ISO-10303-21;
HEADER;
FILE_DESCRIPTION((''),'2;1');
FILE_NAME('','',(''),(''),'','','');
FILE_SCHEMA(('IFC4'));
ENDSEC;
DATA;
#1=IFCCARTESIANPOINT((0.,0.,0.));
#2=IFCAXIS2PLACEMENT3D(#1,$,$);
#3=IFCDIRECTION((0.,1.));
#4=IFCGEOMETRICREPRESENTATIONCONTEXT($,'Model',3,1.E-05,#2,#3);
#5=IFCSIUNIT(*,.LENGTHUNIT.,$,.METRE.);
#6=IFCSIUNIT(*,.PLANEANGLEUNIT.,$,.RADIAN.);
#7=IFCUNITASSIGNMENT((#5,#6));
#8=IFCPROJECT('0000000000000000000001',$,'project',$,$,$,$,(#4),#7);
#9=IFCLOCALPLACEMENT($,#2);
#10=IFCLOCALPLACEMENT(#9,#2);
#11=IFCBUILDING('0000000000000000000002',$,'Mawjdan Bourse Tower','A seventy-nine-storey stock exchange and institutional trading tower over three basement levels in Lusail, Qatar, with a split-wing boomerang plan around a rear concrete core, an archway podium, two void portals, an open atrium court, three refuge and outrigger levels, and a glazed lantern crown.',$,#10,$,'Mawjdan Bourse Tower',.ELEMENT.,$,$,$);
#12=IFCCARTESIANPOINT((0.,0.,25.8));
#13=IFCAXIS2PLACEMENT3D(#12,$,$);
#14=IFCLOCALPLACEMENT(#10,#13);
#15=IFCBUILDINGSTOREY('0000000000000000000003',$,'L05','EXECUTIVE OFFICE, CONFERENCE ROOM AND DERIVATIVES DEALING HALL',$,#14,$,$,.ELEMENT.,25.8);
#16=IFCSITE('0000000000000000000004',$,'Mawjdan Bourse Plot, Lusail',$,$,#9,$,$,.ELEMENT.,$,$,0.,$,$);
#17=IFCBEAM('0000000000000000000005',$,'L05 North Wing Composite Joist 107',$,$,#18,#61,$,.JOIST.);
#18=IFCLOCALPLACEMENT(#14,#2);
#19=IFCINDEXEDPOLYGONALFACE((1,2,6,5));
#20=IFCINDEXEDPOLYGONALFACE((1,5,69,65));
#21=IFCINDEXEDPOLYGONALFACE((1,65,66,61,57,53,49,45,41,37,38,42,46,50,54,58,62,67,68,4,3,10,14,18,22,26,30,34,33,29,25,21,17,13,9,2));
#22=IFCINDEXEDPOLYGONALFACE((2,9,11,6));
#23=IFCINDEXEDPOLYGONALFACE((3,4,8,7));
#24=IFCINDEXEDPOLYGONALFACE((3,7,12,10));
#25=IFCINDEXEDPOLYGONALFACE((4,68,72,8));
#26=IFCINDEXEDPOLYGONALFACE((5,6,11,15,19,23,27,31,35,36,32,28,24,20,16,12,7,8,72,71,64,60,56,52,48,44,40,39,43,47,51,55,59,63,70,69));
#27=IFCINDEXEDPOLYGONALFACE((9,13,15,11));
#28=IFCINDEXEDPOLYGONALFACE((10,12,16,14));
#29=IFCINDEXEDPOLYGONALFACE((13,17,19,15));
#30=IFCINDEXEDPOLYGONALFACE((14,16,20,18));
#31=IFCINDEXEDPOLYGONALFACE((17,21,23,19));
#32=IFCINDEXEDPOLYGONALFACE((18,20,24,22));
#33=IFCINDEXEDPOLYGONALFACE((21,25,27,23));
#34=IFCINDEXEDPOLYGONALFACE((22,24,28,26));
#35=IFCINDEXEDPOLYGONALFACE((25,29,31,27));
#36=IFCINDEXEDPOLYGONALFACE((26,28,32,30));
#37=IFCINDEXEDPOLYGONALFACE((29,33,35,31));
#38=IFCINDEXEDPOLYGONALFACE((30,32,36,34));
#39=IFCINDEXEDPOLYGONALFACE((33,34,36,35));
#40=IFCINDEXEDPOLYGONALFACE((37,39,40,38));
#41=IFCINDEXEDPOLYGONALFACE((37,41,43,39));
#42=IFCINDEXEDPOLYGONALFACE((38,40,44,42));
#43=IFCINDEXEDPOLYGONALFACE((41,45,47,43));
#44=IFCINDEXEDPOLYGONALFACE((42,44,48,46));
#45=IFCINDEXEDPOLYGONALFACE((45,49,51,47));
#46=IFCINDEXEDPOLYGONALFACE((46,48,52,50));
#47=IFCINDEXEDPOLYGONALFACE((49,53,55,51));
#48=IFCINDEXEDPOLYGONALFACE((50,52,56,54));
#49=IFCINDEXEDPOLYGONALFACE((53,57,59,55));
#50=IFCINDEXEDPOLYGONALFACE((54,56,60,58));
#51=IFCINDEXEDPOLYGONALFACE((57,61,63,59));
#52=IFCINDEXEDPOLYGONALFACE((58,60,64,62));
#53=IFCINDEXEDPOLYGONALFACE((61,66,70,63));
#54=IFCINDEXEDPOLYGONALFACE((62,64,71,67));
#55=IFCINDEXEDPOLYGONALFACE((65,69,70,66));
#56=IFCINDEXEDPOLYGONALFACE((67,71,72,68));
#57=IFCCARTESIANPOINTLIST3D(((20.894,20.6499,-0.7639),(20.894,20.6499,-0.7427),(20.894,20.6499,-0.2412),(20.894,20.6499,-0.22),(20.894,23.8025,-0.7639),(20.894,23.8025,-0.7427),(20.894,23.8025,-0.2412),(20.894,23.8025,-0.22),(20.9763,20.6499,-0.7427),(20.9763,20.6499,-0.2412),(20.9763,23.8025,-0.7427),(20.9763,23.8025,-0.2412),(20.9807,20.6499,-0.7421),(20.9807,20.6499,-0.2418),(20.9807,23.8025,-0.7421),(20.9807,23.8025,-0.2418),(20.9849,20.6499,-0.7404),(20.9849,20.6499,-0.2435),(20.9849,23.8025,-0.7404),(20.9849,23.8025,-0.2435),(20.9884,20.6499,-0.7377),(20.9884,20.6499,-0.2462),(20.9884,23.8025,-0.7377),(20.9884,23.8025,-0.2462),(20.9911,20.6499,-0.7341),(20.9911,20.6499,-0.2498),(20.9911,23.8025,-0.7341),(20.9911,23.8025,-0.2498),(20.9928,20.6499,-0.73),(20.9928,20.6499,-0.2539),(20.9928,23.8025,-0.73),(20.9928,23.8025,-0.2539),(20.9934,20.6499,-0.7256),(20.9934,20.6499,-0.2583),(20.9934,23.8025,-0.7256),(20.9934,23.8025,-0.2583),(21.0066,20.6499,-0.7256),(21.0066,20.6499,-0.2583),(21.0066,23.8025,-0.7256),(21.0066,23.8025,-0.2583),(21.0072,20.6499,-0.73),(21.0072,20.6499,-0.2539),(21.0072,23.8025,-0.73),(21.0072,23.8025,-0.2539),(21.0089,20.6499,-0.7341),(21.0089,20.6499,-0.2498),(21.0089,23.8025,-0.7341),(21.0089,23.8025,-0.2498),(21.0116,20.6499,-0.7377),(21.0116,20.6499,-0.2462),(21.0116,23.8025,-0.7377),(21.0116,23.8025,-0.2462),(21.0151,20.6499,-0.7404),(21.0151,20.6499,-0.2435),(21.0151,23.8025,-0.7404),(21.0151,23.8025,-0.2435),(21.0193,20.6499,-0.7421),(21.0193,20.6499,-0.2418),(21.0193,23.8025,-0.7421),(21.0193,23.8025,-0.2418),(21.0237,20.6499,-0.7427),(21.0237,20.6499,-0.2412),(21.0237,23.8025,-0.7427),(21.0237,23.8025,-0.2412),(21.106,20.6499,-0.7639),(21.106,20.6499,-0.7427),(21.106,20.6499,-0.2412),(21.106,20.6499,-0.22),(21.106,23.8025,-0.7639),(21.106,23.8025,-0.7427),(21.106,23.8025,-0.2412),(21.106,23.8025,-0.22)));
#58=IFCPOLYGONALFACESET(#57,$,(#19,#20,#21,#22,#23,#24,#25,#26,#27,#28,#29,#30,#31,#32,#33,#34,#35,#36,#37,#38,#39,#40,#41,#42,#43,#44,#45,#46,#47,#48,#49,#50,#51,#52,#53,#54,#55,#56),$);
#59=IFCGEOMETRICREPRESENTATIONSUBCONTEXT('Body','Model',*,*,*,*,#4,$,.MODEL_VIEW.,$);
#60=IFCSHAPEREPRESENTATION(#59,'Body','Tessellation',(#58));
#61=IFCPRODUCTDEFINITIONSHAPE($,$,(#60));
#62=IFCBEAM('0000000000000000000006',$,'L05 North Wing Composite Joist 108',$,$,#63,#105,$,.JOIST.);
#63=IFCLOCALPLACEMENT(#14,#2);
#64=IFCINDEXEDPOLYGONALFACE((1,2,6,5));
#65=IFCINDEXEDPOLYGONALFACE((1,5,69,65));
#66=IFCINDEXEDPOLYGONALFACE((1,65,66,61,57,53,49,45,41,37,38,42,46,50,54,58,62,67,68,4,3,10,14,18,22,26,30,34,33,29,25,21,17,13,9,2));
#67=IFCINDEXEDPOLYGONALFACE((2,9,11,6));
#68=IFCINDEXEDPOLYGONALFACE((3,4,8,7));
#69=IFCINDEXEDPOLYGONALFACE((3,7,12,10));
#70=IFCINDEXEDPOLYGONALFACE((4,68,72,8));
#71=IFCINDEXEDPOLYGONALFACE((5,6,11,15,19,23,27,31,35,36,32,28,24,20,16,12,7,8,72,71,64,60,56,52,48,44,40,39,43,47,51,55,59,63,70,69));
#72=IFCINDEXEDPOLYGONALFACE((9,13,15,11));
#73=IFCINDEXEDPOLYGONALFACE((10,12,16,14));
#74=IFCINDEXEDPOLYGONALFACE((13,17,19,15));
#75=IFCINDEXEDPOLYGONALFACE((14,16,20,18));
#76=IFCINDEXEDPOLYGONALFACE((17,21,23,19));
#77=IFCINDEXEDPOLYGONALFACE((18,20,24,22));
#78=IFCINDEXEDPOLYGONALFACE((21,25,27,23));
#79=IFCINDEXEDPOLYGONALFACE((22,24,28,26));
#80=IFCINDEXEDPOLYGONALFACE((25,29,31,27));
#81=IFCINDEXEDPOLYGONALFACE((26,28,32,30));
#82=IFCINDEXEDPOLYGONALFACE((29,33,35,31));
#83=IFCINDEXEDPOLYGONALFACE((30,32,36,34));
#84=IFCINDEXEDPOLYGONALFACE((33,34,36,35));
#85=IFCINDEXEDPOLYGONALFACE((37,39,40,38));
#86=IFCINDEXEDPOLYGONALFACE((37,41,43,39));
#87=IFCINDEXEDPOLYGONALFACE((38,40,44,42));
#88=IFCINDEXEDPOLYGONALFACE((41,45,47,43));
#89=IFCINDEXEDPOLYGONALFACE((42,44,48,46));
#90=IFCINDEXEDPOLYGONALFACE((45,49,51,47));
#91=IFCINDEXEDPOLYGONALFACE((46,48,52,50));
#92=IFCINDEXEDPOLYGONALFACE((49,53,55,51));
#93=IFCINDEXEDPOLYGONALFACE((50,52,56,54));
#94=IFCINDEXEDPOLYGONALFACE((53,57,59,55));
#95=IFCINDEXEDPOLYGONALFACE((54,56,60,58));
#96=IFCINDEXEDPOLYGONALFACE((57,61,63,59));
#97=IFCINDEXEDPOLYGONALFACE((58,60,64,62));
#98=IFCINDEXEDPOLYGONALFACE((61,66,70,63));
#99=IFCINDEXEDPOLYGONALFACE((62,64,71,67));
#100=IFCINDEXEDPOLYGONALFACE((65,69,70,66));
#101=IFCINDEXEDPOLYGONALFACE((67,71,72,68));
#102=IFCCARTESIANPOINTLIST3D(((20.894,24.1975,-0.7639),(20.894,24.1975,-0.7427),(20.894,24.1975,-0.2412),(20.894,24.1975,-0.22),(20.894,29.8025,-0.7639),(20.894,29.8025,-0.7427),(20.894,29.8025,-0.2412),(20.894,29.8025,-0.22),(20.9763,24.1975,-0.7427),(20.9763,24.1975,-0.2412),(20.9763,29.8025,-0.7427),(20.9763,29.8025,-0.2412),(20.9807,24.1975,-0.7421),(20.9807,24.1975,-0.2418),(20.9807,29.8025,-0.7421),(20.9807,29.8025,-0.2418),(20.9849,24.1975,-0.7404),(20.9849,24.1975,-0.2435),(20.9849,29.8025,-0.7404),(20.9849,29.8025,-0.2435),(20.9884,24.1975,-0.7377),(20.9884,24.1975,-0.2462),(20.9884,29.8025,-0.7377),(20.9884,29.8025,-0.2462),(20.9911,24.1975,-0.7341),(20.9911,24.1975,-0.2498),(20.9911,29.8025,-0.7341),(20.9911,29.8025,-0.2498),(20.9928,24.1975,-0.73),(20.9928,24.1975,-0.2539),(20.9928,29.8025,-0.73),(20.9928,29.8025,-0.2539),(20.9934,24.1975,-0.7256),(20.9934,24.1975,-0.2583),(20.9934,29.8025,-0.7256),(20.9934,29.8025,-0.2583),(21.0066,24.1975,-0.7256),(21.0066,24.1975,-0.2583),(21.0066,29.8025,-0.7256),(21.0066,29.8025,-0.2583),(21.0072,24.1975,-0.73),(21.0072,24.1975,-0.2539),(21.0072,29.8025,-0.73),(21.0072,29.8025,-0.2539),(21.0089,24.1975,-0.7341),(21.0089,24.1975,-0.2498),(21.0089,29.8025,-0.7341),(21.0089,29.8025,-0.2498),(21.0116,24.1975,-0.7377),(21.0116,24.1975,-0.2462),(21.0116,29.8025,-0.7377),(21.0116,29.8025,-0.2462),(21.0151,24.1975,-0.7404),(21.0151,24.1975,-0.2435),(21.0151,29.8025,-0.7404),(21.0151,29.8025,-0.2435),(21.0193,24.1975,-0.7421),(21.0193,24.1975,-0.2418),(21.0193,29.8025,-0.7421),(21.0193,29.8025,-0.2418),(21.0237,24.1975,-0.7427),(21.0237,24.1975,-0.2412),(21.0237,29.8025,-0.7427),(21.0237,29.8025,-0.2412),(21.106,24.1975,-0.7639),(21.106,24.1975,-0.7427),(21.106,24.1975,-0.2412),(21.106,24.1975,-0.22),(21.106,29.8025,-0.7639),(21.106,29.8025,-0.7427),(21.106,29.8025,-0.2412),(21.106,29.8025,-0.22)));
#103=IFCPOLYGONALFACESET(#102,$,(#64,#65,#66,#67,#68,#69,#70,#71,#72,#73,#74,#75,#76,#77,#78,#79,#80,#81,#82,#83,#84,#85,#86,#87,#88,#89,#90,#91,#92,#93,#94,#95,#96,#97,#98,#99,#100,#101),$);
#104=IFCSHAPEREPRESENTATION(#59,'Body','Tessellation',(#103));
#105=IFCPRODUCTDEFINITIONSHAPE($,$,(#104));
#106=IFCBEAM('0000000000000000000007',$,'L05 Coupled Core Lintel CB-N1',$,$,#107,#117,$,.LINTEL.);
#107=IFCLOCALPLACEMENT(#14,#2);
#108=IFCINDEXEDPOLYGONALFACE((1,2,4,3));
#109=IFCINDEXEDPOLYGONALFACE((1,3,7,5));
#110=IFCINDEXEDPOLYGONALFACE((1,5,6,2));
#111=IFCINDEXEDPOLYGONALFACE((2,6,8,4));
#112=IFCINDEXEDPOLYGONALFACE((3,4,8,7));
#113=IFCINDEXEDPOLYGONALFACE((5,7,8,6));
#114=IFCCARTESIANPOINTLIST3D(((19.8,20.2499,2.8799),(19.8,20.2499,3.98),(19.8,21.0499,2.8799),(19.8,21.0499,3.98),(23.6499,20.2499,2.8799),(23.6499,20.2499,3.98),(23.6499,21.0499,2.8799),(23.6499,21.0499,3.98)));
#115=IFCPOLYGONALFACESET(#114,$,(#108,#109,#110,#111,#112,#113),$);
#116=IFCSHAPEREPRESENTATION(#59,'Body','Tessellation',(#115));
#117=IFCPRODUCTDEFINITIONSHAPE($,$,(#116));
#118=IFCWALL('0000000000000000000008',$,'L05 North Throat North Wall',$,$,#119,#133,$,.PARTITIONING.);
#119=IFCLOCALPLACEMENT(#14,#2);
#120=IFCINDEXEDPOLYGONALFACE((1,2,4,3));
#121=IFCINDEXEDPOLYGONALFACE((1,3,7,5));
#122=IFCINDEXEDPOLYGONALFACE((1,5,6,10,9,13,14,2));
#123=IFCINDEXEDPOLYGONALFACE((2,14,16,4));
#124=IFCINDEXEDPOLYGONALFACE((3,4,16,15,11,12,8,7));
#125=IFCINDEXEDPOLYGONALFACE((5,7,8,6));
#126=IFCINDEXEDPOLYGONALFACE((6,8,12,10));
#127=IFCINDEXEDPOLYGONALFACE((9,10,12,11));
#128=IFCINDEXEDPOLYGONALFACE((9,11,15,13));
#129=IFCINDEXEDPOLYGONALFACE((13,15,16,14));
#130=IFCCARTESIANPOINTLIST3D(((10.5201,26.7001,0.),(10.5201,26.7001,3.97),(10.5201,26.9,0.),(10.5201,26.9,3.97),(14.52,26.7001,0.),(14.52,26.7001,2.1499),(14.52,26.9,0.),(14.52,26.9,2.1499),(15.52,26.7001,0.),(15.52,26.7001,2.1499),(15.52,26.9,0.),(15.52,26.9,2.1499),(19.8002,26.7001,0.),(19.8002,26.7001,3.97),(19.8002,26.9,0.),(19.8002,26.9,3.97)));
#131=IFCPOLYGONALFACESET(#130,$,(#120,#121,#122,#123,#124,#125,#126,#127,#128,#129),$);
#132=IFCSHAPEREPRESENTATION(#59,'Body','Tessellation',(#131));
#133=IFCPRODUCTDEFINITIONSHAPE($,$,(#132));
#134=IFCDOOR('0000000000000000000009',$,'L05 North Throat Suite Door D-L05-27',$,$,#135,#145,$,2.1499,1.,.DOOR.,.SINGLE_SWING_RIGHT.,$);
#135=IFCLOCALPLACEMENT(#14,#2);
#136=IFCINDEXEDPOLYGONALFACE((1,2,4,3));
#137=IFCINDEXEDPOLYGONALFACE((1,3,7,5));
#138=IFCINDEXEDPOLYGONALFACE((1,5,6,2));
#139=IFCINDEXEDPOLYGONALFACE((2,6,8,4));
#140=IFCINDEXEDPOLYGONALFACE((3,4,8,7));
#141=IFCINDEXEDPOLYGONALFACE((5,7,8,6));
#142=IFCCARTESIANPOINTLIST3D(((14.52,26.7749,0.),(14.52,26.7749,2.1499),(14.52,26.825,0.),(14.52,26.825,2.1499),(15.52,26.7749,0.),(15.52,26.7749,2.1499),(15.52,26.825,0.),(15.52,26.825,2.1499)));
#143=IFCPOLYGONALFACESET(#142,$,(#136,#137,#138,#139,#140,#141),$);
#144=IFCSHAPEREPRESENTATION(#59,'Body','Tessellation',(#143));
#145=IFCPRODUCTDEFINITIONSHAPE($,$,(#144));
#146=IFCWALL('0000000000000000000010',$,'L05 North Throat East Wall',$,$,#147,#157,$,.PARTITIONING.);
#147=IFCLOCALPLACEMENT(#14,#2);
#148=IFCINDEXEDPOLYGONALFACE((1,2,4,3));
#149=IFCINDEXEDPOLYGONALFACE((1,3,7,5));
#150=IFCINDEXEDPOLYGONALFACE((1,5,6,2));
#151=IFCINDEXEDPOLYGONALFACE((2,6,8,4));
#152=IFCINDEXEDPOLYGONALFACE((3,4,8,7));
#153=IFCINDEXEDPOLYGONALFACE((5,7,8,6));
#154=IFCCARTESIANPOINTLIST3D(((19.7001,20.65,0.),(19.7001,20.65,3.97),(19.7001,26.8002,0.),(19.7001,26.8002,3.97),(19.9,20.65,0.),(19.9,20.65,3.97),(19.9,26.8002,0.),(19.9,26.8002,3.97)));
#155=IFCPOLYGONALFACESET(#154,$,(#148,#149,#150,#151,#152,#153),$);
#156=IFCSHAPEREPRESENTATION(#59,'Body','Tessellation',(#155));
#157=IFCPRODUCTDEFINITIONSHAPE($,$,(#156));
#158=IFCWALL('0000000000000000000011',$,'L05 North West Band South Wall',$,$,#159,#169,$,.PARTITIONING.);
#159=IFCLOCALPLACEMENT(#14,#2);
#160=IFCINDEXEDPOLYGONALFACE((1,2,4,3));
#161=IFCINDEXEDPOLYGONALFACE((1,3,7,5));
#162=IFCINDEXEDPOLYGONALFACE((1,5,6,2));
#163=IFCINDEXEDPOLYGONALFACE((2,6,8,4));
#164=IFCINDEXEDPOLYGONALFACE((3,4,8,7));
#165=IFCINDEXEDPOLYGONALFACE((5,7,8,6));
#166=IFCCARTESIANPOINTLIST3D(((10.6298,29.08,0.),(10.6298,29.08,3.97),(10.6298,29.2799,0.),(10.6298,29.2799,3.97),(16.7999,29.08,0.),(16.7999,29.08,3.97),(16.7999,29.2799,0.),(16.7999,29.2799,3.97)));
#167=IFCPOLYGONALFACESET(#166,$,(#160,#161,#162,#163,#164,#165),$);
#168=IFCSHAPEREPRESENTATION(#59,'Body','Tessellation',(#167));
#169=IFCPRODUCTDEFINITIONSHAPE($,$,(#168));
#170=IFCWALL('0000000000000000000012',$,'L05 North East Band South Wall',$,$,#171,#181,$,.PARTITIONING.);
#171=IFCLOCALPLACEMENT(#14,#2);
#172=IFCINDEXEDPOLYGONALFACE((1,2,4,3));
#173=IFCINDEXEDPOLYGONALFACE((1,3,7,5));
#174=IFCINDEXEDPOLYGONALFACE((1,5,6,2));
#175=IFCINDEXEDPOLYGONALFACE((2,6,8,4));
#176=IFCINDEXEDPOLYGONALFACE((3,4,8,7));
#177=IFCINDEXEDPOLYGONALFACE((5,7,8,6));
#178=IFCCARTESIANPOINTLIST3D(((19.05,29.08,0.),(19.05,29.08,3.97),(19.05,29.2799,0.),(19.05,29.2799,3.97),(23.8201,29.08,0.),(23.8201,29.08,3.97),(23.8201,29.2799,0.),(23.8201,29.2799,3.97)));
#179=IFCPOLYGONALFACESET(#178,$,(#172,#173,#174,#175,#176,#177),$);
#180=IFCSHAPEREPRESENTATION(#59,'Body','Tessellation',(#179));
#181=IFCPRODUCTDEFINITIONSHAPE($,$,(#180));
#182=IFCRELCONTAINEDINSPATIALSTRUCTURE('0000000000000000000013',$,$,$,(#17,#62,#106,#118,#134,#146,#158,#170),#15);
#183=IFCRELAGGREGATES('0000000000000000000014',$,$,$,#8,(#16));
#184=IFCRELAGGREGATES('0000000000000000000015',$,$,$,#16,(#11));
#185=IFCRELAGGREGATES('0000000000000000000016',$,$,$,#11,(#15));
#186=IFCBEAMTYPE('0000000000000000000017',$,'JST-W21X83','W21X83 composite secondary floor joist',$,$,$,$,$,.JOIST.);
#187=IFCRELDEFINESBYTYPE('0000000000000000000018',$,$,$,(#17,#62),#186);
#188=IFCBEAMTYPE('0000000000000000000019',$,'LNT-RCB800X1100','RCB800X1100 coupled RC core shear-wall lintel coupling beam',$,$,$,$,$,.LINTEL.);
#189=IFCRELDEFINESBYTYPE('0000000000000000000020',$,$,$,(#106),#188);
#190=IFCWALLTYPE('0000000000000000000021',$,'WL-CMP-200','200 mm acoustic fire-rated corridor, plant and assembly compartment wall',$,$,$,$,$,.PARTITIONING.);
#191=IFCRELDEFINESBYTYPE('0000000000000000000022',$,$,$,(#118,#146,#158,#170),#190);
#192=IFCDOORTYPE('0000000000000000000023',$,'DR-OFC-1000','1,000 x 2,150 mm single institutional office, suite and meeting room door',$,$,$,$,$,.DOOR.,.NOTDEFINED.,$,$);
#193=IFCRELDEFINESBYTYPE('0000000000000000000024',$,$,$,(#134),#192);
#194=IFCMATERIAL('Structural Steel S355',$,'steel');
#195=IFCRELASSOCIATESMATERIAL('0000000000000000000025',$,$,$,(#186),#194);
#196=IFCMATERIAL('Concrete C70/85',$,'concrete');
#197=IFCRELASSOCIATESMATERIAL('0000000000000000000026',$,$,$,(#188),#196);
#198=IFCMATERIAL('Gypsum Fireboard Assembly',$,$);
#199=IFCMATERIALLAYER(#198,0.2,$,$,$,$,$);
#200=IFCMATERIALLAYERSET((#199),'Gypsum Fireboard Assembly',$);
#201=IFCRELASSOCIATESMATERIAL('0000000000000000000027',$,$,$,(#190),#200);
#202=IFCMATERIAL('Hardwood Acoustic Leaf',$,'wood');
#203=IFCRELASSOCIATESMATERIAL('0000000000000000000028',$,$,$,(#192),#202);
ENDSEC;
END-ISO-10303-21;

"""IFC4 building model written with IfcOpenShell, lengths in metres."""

from ifc_helpers import new_model, si_unit, direction, frame, frame_2d, origin, origin_2d, place, context, subcontext, project, spatial, rectangle, i_section, extrude, material, layer, layer_set, material_profile, profile_set, type_object, element, fill, save


model = new_model("IFC4")

# Units and contexts
model_context = context("Model", 3, precision=1e-05, world=origin(), true_north=direction((0.0, 1.0)))
body_context = subcontext(model_context, "Body", "Model", "MODEL_VIEW")
ifc_project = project(units=[si_unit("LENGTHUNIT", "METRE"), si_unit("PLANEANGLEUNIT", "RADIAN")], contexts=[model_context])

# Site, building, storey
site_placement = place(None, origin())
site = spatial("IfcSite", under=ifc_project, at=site_placement, Name="Mawjdan Bourse Plot, Lusail", CompositionType="ELEMENT", RefElevation=0.0)
building_placement = place(site_placement, origin())
building = spatial("IfcBuilding", under=site, at=building_placement, Name="Mawjdan Bourse Tower", Description="A seventy-nine-storey stock exchange and institutional trading tower over three basement levels in Lusail, Qatar, with a split-wing boomerang plan around a rear concrete core, an archway podium, two void portals, an open atrium court, three refuge and outrigger levels, and a glazed lantern crown.", LongName="Mawjdan Bourse Tower", CompositionType="ELEMENT")
storey_placement = place(building_placement, frame((0.0, 0.0, 25.8)))
storey = spatial("IfcBuildingStorey", under=building, at=storey_placement, Name="L05", Description="EXECUTIVE OFFICE, CONFERENCE ROOM AND DERIVATIVES DEALING HALL", CompositionType="ELEMENT", Elevation=25.8)

# Beams
ifc_material_1 = material(Name="Structural Steel S355", Category="steel")
ifc_material_profile_1 = material_profile(ifc_material_1, i_section(OverallWidth=0.2119, OverallDepth=0.5439, WebThickness=0.0132, FlangeThickness=0.0212, FilletRadius=0.0171, at=origin_2d()), Name="W21X83")
ifc_profile_set_1 = profile_set([ifc_material_profile_1], Name="Structural Steel S355")
beam_type_1 = type_object("IfcBeamType", Name="JST-W21X83", Description="W21X83 composite secondary floor joist", PredefinedType="JOIST", material=ifc_profile_set_1)
beam_1_placement = place(storey_placement, frame((21.0, 20.6499, -0.4919), z_axis=(0.0, 1.0, 0.0), x_axis=(-1.0, 0.0, 0.0)))
element("IfcBeam", 1, at=beam_1_placement, inside=storey, type_object=beam_type_1, Name="L05 North Wing Composite Joist 107", PredefinedType="JOIST", context=body_context, shape_type="SweptSolid", body=[
    extrude(i_section(OverallWidth=0.2119, OverallDepth=0.5439, WebThickness=0.0132, FlangeThickness=0.0212, FilletRadius=0.0171, at=origin_2d()), origin(), (0.0, 0.0, 1.0), 3.1526),
])
beam_2_placement = place(storey_placement, frame((21.0, 24.1975, -0.4919), z_axis=(0.0, 1.0, 0.0), x_axis=(-1.0, 0.0, 0.0)))
element("IfcBeam", 2, at=beam_2_placement, inside=storey, type_object=beam_type_1, Name="L05 North Wing Composite Joist 108", PredefinedType="JOIST", context=body_context, shape_type="SweptSolid", body=[
    extrude(i_section(OverallWidth=0.2119, OverallDepth=0.5439, WebThickness=0.0132, FlangeThickness=0.0212, FilletRadius=0.0171, at=origin_2d()), origin(), (0.0, 0.0, 1.0), 5.605),
])
ifc_material_2 = material(Name="Concrete C70/85", Category="concrete")
ifc_material_profile_2 = material_profile(ifc_material_2, rectangle(XDim=0.8, YDim=1.1001, at=origin_2d()), Name="RCB800X1100")
ifc_profile_set_2 = profile_set([ifc_material_profile_2], Name="Concrete C70/85")
beam_type_2 = type_object("IfcBeamType", Name="LNT-RCB800X1100", Description="RCB800X1100 coupled RC core shear-wall lintel coupling beam", PredefinedType="LINTEL", material=ifc_profile_set_2)
beam_3_placement = place(storey_placement, frame((19.8, 20.6499, 3.4299), z_axis=(1.0, 0.0, 0.0), x_axis=(0.0, 1.0, 0.0)))
element("IfcBeam", 3, at=beam_3_placement, inside=storey, type_object=beam_type_2, Name="L05 Coupled Core Lintel CB-N1", PredefinedType="LINTEL", context=body_context, shape_type="SweptSolid", body=[
    extrude(rectangle(XDim=0.8, YDim=1.1001, at=origin_2d()), origin(), (0.0, 0.0, 1.0), 3.8499),
])

# Wall, opening, door
ifc_material_3 = material(Name="Gypsum Fireboard Assembly")
ifc_layer_1 = layer(ifc_material_3, 0.2)
ifc_layer_set_1 = layer_set([ifc_layer_1], Name="Gypsum Fireboard Assembly")
wall_type_1 = type_object("IfcWallType", Name="WL-CMP-200", Description="200 mm acoustic fire-rated corridor, plant and assembly compartment wall", PredefinedType="PARTITIONING", material=ifc_layer_set_1)
wall_1_placement = place(storey_placement, frame((10.52, 26.8, 0.0), z_axis=(0.0, 0.0, 1.0), x_axis=(1.0, 0.0, 0.0)))
wall_1 = element("IfcWall", 4, at=wall_1_placement, inside=storey, type_object=wall_type_1, Name="L05 North Throat North Wall", PredefinedType="PARTITIONING", context=body_context, shape_type="SweptSolid", body=[
    extrude(rectangle(XDim=9.28, YDim=0.2, at=frame_2d((4.6401, 0.0))), origin(), (0.0, 0.0, 1.0), 3.97),
])
opening_1_placement = place(wall_1_placement, frame((4.0, 0.0, 0.0)))
opening_1 = element("IfcOpeningElement", 5, at=opening_1_placement, cuts=wall_1, PredefinedType="OPENING", context=body_context, shape_type="SweptSolid", body=[
    extrude(rectangle(XDim=1.0, YDim=2.1499, at=frame_2d((0.5, 1.075))), frame((0.0, 0.1099, 0.0), z_axis=(0.0, -1.0, 0.0), x_axis=(1.0, 0.0, 0.0)), (0.0, 0.0, 1.0), 0.22),
])
ifc_material_4 = material(Name="Hardwood Acoustic Leaf", Category="wood")
door_type_1 = type_object("IfcDoorType", Name="DR-OFC-1000", Description="1,000 x 2,150 mm single institutional office, suite and meeting room door", OperationType="NOTDEFINED", PredefinedType="DOOR", material=ifc_material_4)
door_1_placement = place(opening_1_placement, origin())
door_1 = element("IfcDoor", 6, at=door_1_placement, inside=storey, type_object=door_type_1, Name="L05 North Throat Suite Door D-L05-27", OperationType="SINGLE_SWING_RIGHT", OverallHeight=2.1499, OverallWidth=1.0, PredefinedType="DOOR", context=body_context, shape_type="SweptSolid", body=[
    extrude(rectangle(XDim=1.0, YDim=2.1499, at=frame_2d((0.5, 1.075))), frame((0.0, 0.0249, 0.0), z_axis=(0.0, -1.0, 0.0), x_axis=(1.0, 0.0, 0.0)), (0.0, 0.0, 1.0), 0.05),
])
fill(opening_1, door_1)

# Walls
wall_2_placement = place(storey_placement, frame((19.8, 20.6499, 0.0), z_axis=(0.0, 0.0, 1.0), x_axis=(0.0, 1.0, 0.0)))
element("IfcWall", 7, at=wall_2_placement, inside=storey, type_object=wall_type_1, Name="L05 North Throat East Wall", PredefinedType="PARTITIONING", context=body_context, shape_type="SweptSolid", body=[
    extrude(rectangle(XDim=6.1501, YDim=0.2, at=frame_2d((3.0752, 0.0))), origin(), (0.0, 0.0, 1.0), 3.97),
])
wall_3_placement = place(storey_placement, frame((10.6299, 29.1799, 0.0), z_axis=(0.0, 0.0, 1.0), x_axis=(1.0, 0.0, 0.0)))
element("IfcWall", 8, at=wall_3_placement, inside=storey, type_object=wall_type_1, Name="L05 North West Band South Wall", PredefinedType="PARTITIONING", context=body_context, shape_type="SweptSolid", body=[
    extrude(rectangle(XDim=6.1702, YDim=0.2, at=frame_2d((3.085, 0.0))), origin(), (0.0, 0.0, 1.0), 3.97),
])
wall_4_placement = place(storey_placement, frame((19.05, 29.1799, 0.0), z_axis=(0.0, 0.0, 1.0), x_axis=(1.0, 0.0, 0.0)))
element("IfcWall", 9, at=wall_4_placement, inside=storey, type_object=wall_type_1, Name="L05 North East Band South Wall", PredefinedType="PARTITIONING", context=body_context, shape_type="SweptSolid", body=[
    extrude(rectangle(XDim=4.77, YDim=0.2, at=frame_2d((2.385, 0.0))), origin(), (0.0, 0.0, 1.0), 3.97),
])

save(model, "model.ifc")
